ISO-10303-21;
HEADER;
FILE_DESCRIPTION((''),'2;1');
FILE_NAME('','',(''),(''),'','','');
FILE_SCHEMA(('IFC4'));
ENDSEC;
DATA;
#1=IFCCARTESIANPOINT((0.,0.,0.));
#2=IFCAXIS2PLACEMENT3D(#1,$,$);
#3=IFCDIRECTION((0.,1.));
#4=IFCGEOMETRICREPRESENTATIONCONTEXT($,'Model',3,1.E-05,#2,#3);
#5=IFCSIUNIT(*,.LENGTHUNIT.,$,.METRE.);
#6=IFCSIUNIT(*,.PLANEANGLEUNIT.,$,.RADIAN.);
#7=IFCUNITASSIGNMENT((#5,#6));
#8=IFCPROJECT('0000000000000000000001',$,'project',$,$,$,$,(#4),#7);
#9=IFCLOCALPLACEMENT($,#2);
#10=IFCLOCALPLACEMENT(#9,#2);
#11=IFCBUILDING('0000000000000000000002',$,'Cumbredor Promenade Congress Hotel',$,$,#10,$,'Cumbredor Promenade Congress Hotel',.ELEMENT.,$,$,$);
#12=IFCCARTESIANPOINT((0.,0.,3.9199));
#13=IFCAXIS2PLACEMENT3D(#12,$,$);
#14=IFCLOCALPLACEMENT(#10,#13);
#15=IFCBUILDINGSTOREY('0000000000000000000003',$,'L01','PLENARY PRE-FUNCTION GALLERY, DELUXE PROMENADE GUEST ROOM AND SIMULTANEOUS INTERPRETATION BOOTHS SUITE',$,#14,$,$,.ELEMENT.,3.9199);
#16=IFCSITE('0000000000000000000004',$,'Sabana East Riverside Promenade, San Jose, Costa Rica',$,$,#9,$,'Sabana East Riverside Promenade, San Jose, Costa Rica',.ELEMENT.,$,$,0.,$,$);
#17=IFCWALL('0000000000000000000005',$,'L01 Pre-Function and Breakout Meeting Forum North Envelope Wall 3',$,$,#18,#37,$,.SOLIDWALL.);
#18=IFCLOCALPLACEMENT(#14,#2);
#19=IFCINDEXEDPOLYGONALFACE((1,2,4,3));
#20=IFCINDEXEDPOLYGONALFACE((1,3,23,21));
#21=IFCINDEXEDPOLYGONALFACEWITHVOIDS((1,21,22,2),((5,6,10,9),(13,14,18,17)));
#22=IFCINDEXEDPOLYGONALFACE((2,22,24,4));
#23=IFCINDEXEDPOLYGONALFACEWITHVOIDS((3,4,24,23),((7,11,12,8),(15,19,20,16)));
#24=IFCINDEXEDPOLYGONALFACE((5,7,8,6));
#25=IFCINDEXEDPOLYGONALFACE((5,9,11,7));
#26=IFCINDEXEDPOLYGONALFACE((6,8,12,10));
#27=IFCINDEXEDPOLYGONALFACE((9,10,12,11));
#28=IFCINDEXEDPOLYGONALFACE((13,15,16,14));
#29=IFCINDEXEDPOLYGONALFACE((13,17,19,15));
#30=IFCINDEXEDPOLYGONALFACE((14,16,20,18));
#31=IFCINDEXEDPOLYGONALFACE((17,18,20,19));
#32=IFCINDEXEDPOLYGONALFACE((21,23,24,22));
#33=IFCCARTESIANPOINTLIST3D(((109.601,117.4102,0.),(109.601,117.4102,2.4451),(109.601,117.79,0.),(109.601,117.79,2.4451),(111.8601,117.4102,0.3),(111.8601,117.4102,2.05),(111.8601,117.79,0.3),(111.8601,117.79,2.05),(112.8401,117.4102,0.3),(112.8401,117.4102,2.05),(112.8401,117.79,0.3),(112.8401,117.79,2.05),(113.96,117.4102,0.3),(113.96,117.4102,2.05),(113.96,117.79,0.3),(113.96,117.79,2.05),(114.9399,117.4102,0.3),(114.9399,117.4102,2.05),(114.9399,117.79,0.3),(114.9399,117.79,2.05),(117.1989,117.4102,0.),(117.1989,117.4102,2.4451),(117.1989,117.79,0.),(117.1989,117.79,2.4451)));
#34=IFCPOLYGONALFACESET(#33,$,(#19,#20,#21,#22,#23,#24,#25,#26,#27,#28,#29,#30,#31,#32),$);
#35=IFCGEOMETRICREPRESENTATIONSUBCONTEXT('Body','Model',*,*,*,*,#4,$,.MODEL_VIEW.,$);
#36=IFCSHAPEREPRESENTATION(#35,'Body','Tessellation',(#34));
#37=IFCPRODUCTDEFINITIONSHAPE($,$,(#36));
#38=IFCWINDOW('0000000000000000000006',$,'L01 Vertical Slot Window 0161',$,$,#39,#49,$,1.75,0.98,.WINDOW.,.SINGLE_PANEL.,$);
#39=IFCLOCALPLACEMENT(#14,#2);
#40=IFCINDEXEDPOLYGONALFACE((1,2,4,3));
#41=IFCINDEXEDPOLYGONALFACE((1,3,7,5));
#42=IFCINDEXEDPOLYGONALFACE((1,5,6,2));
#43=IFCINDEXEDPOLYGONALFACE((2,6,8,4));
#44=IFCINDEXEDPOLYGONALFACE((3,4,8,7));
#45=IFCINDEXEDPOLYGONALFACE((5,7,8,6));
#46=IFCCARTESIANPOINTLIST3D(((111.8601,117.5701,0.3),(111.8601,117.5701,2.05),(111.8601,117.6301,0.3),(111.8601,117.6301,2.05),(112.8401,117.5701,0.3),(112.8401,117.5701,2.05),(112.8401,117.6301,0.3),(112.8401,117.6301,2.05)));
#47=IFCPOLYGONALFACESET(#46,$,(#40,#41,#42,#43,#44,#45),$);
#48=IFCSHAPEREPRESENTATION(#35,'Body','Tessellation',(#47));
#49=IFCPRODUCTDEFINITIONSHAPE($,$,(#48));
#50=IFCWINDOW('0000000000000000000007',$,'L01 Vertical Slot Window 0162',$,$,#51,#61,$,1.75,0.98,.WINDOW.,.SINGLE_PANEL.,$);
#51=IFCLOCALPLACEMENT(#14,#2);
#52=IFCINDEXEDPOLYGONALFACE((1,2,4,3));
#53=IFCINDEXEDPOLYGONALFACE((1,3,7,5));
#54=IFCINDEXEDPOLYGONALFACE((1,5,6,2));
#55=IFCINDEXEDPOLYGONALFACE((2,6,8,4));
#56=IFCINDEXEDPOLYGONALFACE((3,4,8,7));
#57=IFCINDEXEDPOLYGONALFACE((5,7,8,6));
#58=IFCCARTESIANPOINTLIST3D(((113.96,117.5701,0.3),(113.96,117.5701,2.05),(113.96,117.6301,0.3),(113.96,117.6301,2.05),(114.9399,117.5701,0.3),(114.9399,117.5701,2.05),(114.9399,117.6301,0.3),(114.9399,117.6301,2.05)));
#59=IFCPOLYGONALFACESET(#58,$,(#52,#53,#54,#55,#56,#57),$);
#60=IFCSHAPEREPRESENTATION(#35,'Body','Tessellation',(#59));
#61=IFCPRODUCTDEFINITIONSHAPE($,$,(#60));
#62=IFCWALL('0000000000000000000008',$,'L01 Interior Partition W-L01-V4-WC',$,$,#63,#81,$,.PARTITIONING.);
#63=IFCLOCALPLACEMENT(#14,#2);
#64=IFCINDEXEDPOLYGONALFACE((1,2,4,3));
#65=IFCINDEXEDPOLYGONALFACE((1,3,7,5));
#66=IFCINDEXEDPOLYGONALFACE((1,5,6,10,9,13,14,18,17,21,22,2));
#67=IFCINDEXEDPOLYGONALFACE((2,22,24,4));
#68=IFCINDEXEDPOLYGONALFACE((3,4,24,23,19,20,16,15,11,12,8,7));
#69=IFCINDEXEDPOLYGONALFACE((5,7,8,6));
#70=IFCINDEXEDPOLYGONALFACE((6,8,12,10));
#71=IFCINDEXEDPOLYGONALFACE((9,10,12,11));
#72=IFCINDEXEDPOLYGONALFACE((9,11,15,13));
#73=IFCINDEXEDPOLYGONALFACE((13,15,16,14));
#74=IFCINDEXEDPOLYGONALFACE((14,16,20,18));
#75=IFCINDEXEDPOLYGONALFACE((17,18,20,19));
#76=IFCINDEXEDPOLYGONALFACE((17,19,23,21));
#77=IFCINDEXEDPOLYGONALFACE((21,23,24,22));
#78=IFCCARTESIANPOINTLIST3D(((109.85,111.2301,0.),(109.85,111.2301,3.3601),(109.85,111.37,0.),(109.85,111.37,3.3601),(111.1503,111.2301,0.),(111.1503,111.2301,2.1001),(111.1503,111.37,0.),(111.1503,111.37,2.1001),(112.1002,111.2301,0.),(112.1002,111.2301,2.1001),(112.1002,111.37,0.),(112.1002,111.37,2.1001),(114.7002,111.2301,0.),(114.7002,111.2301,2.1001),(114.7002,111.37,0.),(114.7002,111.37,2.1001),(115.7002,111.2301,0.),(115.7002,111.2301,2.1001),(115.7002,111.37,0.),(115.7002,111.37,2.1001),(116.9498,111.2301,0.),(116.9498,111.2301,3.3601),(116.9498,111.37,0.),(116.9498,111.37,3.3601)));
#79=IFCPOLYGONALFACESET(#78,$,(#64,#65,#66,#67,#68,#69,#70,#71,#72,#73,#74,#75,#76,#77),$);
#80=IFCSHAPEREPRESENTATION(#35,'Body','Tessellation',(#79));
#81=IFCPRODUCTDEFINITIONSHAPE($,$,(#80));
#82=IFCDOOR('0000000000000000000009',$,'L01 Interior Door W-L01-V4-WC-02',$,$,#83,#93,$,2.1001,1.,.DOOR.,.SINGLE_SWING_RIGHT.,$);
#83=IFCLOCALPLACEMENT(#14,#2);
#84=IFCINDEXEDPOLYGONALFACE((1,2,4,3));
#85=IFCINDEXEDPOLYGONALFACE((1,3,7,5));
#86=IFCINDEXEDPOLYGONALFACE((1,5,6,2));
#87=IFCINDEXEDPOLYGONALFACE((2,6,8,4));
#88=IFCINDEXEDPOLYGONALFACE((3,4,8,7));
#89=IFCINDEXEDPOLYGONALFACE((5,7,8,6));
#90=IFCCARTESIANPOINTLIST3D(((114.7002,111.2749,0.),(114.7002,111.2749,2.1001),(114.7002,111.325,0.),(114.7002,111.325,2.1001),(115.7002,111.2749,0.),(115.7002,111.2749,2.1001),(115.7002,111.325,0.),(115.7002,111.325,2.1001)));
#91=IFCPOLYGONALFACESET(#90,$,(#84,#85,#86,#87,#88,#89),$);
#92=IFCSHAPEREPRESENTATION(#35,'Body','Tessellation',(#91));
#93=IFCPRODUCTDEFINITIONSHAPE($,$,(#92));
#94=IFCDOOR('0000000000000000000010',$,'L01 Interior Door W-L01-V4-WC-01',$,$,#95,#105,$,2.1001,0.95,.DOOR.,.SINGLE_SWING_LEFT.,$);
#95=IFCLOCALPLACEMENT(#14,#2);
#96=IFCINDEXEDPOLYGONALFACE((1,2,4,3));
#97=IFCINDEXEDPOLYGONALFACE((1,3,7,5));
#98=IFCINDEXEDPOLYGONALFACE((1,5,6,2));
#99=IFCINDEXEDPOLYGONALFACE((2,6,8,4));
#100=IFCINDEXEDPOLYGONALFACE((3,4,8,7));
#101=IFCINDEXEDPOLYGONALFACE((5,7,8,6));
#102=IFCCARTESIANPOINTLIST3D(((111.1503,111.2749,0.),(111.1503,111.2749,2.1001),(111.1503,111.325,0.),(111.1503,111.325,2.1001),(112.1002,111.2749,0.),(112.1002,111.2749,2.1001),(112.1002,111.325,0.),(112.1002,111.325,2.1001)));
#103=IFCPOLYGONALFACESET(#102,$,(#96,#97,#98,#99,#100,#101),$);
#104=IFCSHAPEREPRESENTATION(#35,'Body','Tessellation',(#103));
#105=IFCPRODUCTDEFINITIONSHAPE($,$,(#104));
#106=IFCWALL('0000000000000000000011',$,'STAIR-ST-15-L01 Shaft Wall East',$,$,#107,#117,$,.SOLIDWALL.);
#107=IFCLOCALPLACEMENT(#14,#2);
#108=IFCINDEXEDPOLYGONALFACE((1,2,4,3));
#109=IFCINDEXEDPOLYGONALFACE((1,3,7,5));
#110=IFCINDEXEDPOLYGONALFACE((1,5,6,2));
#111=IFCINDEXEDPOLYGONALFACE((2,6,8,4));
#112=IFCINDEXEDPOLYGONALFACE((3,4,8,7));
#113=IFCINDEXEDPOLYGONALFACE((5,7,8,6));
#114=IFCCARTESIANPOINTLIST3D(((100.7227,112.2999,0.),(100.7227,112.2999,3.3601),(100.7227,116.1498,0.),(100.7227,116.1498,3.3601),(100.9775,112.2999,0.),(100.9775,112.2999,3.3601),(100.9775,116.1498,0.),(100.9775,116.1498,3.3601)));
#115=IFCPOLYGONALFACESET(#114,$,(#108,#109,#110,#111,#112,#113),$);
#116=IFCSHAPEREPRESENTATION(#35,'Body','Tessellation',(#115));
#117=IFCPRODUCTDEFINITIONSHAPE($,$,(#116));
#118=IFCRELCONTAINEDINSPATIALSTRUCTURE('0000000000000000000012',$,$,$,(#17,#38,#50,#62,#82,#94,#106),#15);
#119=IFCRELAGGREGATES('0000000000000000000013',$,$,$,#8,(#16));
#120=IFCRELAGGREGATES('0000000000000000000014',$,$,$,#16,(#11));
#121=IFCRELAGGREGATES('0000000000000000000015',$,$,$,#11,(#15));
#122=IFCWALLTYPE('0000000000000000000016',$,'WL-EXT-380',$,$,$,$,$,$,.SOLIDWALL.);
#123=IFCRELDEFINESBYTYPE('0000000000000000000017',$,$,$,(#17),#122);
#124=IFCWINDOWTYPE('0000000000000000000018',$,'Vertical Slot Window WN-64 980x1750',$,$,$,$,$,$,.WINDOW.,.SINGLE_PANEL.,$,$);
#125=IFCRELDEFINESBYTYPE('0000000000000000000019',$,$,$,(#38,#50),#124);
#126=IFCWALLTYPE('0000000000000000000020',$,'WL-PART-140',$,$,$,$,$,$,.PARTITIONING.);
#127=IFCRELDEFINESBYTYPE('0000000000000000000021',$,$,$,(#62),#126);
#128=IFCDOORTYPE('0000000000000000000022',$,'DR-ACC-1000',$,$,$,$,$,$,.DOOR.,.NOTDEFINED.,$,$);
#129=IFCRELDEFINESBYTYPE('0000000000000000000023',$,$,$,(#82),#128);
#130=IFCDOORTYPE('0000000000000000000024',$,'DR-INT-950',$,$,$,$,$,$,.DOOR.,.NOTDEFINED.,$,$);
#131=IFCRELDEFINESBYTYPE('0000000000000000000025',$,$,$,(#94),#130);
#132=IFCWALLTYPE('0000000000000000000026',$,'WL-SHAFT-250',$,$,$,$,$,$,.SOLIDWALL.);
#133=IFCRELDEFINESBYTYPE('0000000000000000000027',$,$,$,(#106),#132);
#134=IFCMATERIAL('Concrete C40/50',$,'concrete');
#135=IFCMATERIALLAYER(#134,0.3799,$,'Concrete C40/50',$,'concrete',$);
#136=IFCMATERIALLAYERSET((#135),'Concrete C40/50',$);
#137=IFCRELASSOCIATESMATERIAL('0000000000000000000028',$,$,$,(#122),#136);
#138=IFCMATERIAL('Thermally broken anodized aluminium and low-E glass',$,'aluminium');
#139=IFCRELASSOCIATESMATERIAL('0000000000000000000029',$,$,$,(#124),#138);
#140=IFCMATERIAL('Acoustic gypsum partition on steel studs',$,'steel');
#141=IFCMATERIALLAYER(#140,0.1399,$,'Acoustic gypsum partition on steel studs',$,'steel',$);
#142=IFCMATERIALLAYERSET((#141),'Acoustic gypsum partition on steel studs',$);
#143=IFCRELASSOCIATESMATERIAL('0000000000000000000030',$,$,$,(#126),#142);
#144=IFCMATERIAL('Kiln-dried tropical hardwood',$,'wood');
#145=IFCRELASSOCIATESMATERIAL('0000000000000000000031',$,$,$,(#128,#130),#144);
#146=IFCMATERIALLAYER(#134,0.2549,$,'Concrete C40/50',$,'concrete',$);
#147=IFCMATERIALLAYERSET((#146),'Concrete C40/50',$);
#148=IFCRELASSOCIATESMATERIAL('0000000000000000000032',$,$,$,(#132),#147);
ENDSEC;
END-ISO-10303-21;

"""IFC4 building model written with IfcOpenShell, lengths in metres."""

from ifc_helpers import new_model, si_unit, direction, frame, frame_2d, origin, place, context, subcontext, project, spatial, rectangle, extrude, material, layer, layer_set, type_object, element, fill, save


model = new_model("IFC4")

# Units and contexts
model_context = context("Model", 3, precision=1e-05, world=origin(), true_north=direction((0.0, 1.0)))
body_context = subcontext(model_context, "Body", "Model", "MODEL_VIEW")
ifc_project = project(units=[si_unit("LENGTHUNIT", "METRE"), si_unit("PLANEANGLEUNIT", "RADIAN")], contexts=[model_context])

# Site, building, storey
site_placement = place(None, origin())
site = spatial("IfcSite", under=ifc_project, at=site_placement, Name="Sabana East Riverside Promenade, San Jose, Costa Rica", LongName="Sabana East Riverside Promenade, San Jose, Costa Rica", CompositionType="ELEMENT", RefElevation=0.0)
building_placement = place(site_placement, origin())
building = spatial("IfcBuilding", under=site, at=building_placement, Name="Cumbredor Promenade Congress Hotel", LongName="Cumbredor Promenade Congress Hotel", CompositionType="ELEMENT")
storey_placement = place(building_placement, frame((0.0, 0.0, 3.9199)))
storey = spatial("IfcBuildingStorey", under=building, at=storey_placement, Name="L01", Description="PLENARY PRE-FUNCTION GALLERY, DELUXE PROMENADE GUEST ROOM AND SIMULTANEOUS INTERPRETATION BOOTHS SUITE", CompositionType="ELEMENT", Elevation=3.9199)

# Shared definitions
ifc_material_1 = material(Name="Concrete C40/50", Category="concrete")

# Shared definitions
ifc_material_2 = material(Name="Thermally broken anodized aluminium and low-E glass", Category="aluminium")

# Wall, openings, windows
ifc_layer_1 = layer(ifc_material_1, 0.3799, Name="Concrete C40/50", Category="concrete")
ifc_layer_set_1 = layer_set([ifc_layer_1], Name="Concrete C40/50")
wall_type_1 = type_object("IfcWallType", Name="WL-EXT-380", PredefinedType="SOLIDWALL", material=ifc_layer_set_1)
wall_1_placement = place(storey_placement, frame((109.6011, 117.6001, 0.0), z_axis=(0.0, 0.0, 1.0), x_axis=(1.0, 0.0, 0.0)))
wall_1 = element("IfcWall", 1, at=wall_1_placement, inside=storey, type_object=wall_type_1, Name="L01 Pre-Function and Breakout Meeting Forum North Envelope Wall 3", PredefinedType="SOLIDWALL", context=body_context, shape_type="SweptSolid", body=[
    extrude(rectangle(XDim=7.5979, YDim=0.3799, at=frame_2d((3.7988, 0.0))), origin(), (0.0, 0.0, 1.0), 2.4451),
])
opening_1_placement = place(wall_1_placement, frame((2.259, 0.0, 0.3)))
opening_1 = element("IfcOpeningElement", 2, at=opening_1_placement, cuts=wall_1, PredefinedType="OPENING", context=body_context, shape_type="SweptSolid", body=[
    extrude(rectangle(XDim=0.98, YDim=1.75, at=frame_2d((0.49, 0.875))), frame((0.0, 0.2, 0.0), z_axis=(0.0, -1.0, 0.0), x_axis=(1.0, 0.0, 0.0)), (0.0, 0.0, 1.0), 0.3999),
])
opening_2_placement = place(wall_1_placement, frame((4.3589, 0.0, 0.3)))
opening_2 = element("IfcOpeningElement", 3, at=opening_2_placement, cuts=wall_1, PredefinedType="OPENING", context=body_context, shape_type="SweptSolid", body=[
    extrude(rectangle(XDim=0.98, YDim=1.75, at=frame_2d((0.49, 0.875))), frame((0.0, 0.2, 0.0), z_axis=(0.0, -1.0, 0.0), x_axis=(1.0, 0.0, 0.0)), (0.0, 0.0, 1.0), 0.3999),
])
window_type_1 = type_object("IfcWindowType", Name="Vertical Slot Window WN-64 980x1750", PartitioningType="SINGLE_PANEL", PredefinedType="WINDOW", material=ifc_material_2)
window_1_placement = place(opening_1_placement, origin())
window_1 = element("IfcWindow", 4, at=window_1_placement, inside=storey, type_object=window_type_1, Name="L01 Vertical Slot Window 0161", OverallHeight=1.75, OverallWidth=0.98, PartitioningType="SINGLE_PANEL", PredefinedType="WINDOW", context=body_context, shape_type="SweptSolid", body=[
    extrude(rectangle(XDim=0.98, YDim=1.75, at=frame_2d((0.49, 0.875))), frame((0.0, 0.03, 0.0), z_axis=(0.0, -1.0, 0.0), x_axis=(1.0, 0.0, 0.0)), (0.0, 0.0, 1.0), 0.0601),
])
fill(opening_1, window_1)
window_2_placement = place(opening_2_placement, origin())
window_2 = element("IfcWindow", 5, at=window_2_placement, inside=storey, type_object=window_type_1, Name="L01 Vertical Slot Window 0162", OverallHeight=1.75, OverallWidth=0.98, PartitioningType="SINGLE_PANEL", PredefinedType="WINDOW", context=body_context, shape_type="SweptSolid", body=[
    extrude(rectangle(XDim=0.98, YDim=1.75, at=frame_2d((0.49, 0.875))), frame((0.0, 0.03, 0.0), z_axis=(0.0, -1.0, 0.0), x_axis=(1.0, 0.0, 0.0)), (0.0, 0.0, 1.0), 0.0601),
])
fill(opening_2, window_2)

# Wall, openings, doors
ifc_material_3 = material(Name="Acoustic gypsum partition on steel studs", Category="steel")
ifc_layer_2 = layer(ifc_material_3, 0.1399, Name="Acoustic gypsum partition on steel studs", Category="steel")
ifc_layer_set_2 = layer_set([ifc_layer_2], Name="Acoustic gypsum partition on steel studs")
wall_type_2 = type_object("IfcWallType", Name="WL-PART-140", PredefinedType="PARTITIONING", material=ifc_layer_set_2)
wall_2_placement = place(storey_placement, frame((109.8501, 111.3, 0.0), z_axis=(0.0, 0.0, 1.0), x_axis=(1.0, 0.0, 0.0)))
wall_2 = element("IfcWall", 6, at=wall_2_placement, inside=storey, type_object=wall_type_2, Name="L01 Interior Partition W-L01-V4-WC", PredefinedType="PARTITIONING", context=body_context, shape_type="SweptSolid", body=[
    extrude(rectangle(XDim=7.0999, YDim=0.1399, at=frame_2d((3.5498, 0.0))), origin(), (0.0, 0.0, 1.0), 3.3601),
])
opening_3_placement = place(wall_2_placement, frame((1.3, 0.0, 0.0)))
opening_3 = element("IfcOpeningElement", 7, at=opening_3_placement, cuts=wall_2, PredefinedType="OPENING", context=body_context, shape_type="SweptSolid", body=[
    extrude(rectangle(XDim=0.95, YDim=2.1001, at=frame_2d((0.4751, 1.05))), frame((0.0, 0.0801, 0.0), z_axis=(0.0, -1.0, 0.0), x_axis=(1.0, 0.0, 0.0)), (0.0, 0.0, 1.0), 0.1599),
])
opening_4_placement = place(wall_2_placement, frame((4.8501, 0.0, 0.0)))
opening_4 = element("IfcOpeningElement", 8, at=opening_4_placement, cuts=wall_2, PredefinedType="OPENING", context=body_context, shape_type="SweptSolid", body=[
    extrude(rectangle(XDim=1.0, YDim=2.1001, at=frame_2d((0.5, 1.05))), frame((0.0, 0.0801, 0.0), z_axis=(0.0, -1.0, 0.0), x_axis=(1.0, 0.0, 0.0)), (0.0, 0.0, 1.0), 0.1599),
])
ifc_material_4 = material(Name="Kiln-dried tropical hardwood", Category="wood")
door_type_1 = type_object("IfcDoorType", Name="DR-ACC-1000", OperationType="NOTDEFINED", PredefinedType="DOOR", material=ifc_material_4)
door_1_placement = place(opening_4_placement, origin())
door_1 = element("IfcDoor", 9, at=door_1_placement, inside=storey, type_object=door_type_1, Name="L01 Interior Door W-L01-V4-WC-02", OperationType="SINGLE_SWING_RIGHT", OverallHeight=2.1001, OverallWidth=1.0, PredefinedType="DOOR", context=body_context, shape_type="SweptSolid", body=[
    extrude(rectangle(XDim=1.0, YDim=2.1001, at=frame_2d((0.5, 1.05))), frame((0.0, 0.0249, 0.0), z_axis=(0.0, -1.0, 0.0), x_axis=(1.0, 0.0, 0.0)), (0.0, 0.0, 1.0), 0.05),
])
fill(opening_4, door_1)
door_type_2 = type_object("IfcDoorType", Name="DR-INT-950", OperationType="NOTDEFINED", PredefinedType="DOOR", material=ifc_material_4)
door_2_placement = place(opening_3_placement, origin())
door_2 = element("IfcDoor", 10, at=door_2_placement, inside=storey, type_object=door_type_2, Name="L01 Interior Door W-L01-V4-WC-01", OperationType="SINGLE_SWING_LEFT", OverallHeight=2.1001, OverallWidth=0.95, PredefinedType="DOOR", context=body_context, shape_type="SweptSolid", body=[
    extrude(rectangle(XDim=0.95, YDim=2.1001, at=frame_2d((0.4751, 1.05))), frame((0.0, 0.0249, 0.0), z_axis=(0.0, -1.0, 0.0), x_axis=(1.0, 0.0, 0.0)), (0.0, 0.0, 1.0), 0.05),
])
fill(opening_3, door_2)

# Wall
ifc_layer_3 = layer(ifc_material_1, 0.2549, Name="Concrete C40/50", Category="concrete")
ifc_layer_set_3 = layer_set([ifc_layer_3], Name="Concrete C40/50")
wall_type_3 = type_object("IfcWallType", Name="WL-SHAFT-250", PredefinedType="SOLIDWALL", material=ifc_layer_set_3)
wall_3_placement = place(storey_placement, frame((100.8501, 112.3, 0.0), z_axis=(0.0, 0.0, 1.0), x_axis=(0.0, 1.0, 0.0)))
element("IfcWall", 11, at=wall_3_placement, inside=storey, type_object=wall_type_3, Name="STAIR-ST-15-L01 Shaft Wall East", PredefinedType="SOLIDWALL", context=body_context, shape_type="SweptSolid", body=[
    extrude(rectangle(XDim=3.8499, YDim=0.2549, at=frame_2d((1.9248, 0.0))), origin(), (0.0, 0.0, 1.0), 3.3601),
])

save(model, "model.ifc")
